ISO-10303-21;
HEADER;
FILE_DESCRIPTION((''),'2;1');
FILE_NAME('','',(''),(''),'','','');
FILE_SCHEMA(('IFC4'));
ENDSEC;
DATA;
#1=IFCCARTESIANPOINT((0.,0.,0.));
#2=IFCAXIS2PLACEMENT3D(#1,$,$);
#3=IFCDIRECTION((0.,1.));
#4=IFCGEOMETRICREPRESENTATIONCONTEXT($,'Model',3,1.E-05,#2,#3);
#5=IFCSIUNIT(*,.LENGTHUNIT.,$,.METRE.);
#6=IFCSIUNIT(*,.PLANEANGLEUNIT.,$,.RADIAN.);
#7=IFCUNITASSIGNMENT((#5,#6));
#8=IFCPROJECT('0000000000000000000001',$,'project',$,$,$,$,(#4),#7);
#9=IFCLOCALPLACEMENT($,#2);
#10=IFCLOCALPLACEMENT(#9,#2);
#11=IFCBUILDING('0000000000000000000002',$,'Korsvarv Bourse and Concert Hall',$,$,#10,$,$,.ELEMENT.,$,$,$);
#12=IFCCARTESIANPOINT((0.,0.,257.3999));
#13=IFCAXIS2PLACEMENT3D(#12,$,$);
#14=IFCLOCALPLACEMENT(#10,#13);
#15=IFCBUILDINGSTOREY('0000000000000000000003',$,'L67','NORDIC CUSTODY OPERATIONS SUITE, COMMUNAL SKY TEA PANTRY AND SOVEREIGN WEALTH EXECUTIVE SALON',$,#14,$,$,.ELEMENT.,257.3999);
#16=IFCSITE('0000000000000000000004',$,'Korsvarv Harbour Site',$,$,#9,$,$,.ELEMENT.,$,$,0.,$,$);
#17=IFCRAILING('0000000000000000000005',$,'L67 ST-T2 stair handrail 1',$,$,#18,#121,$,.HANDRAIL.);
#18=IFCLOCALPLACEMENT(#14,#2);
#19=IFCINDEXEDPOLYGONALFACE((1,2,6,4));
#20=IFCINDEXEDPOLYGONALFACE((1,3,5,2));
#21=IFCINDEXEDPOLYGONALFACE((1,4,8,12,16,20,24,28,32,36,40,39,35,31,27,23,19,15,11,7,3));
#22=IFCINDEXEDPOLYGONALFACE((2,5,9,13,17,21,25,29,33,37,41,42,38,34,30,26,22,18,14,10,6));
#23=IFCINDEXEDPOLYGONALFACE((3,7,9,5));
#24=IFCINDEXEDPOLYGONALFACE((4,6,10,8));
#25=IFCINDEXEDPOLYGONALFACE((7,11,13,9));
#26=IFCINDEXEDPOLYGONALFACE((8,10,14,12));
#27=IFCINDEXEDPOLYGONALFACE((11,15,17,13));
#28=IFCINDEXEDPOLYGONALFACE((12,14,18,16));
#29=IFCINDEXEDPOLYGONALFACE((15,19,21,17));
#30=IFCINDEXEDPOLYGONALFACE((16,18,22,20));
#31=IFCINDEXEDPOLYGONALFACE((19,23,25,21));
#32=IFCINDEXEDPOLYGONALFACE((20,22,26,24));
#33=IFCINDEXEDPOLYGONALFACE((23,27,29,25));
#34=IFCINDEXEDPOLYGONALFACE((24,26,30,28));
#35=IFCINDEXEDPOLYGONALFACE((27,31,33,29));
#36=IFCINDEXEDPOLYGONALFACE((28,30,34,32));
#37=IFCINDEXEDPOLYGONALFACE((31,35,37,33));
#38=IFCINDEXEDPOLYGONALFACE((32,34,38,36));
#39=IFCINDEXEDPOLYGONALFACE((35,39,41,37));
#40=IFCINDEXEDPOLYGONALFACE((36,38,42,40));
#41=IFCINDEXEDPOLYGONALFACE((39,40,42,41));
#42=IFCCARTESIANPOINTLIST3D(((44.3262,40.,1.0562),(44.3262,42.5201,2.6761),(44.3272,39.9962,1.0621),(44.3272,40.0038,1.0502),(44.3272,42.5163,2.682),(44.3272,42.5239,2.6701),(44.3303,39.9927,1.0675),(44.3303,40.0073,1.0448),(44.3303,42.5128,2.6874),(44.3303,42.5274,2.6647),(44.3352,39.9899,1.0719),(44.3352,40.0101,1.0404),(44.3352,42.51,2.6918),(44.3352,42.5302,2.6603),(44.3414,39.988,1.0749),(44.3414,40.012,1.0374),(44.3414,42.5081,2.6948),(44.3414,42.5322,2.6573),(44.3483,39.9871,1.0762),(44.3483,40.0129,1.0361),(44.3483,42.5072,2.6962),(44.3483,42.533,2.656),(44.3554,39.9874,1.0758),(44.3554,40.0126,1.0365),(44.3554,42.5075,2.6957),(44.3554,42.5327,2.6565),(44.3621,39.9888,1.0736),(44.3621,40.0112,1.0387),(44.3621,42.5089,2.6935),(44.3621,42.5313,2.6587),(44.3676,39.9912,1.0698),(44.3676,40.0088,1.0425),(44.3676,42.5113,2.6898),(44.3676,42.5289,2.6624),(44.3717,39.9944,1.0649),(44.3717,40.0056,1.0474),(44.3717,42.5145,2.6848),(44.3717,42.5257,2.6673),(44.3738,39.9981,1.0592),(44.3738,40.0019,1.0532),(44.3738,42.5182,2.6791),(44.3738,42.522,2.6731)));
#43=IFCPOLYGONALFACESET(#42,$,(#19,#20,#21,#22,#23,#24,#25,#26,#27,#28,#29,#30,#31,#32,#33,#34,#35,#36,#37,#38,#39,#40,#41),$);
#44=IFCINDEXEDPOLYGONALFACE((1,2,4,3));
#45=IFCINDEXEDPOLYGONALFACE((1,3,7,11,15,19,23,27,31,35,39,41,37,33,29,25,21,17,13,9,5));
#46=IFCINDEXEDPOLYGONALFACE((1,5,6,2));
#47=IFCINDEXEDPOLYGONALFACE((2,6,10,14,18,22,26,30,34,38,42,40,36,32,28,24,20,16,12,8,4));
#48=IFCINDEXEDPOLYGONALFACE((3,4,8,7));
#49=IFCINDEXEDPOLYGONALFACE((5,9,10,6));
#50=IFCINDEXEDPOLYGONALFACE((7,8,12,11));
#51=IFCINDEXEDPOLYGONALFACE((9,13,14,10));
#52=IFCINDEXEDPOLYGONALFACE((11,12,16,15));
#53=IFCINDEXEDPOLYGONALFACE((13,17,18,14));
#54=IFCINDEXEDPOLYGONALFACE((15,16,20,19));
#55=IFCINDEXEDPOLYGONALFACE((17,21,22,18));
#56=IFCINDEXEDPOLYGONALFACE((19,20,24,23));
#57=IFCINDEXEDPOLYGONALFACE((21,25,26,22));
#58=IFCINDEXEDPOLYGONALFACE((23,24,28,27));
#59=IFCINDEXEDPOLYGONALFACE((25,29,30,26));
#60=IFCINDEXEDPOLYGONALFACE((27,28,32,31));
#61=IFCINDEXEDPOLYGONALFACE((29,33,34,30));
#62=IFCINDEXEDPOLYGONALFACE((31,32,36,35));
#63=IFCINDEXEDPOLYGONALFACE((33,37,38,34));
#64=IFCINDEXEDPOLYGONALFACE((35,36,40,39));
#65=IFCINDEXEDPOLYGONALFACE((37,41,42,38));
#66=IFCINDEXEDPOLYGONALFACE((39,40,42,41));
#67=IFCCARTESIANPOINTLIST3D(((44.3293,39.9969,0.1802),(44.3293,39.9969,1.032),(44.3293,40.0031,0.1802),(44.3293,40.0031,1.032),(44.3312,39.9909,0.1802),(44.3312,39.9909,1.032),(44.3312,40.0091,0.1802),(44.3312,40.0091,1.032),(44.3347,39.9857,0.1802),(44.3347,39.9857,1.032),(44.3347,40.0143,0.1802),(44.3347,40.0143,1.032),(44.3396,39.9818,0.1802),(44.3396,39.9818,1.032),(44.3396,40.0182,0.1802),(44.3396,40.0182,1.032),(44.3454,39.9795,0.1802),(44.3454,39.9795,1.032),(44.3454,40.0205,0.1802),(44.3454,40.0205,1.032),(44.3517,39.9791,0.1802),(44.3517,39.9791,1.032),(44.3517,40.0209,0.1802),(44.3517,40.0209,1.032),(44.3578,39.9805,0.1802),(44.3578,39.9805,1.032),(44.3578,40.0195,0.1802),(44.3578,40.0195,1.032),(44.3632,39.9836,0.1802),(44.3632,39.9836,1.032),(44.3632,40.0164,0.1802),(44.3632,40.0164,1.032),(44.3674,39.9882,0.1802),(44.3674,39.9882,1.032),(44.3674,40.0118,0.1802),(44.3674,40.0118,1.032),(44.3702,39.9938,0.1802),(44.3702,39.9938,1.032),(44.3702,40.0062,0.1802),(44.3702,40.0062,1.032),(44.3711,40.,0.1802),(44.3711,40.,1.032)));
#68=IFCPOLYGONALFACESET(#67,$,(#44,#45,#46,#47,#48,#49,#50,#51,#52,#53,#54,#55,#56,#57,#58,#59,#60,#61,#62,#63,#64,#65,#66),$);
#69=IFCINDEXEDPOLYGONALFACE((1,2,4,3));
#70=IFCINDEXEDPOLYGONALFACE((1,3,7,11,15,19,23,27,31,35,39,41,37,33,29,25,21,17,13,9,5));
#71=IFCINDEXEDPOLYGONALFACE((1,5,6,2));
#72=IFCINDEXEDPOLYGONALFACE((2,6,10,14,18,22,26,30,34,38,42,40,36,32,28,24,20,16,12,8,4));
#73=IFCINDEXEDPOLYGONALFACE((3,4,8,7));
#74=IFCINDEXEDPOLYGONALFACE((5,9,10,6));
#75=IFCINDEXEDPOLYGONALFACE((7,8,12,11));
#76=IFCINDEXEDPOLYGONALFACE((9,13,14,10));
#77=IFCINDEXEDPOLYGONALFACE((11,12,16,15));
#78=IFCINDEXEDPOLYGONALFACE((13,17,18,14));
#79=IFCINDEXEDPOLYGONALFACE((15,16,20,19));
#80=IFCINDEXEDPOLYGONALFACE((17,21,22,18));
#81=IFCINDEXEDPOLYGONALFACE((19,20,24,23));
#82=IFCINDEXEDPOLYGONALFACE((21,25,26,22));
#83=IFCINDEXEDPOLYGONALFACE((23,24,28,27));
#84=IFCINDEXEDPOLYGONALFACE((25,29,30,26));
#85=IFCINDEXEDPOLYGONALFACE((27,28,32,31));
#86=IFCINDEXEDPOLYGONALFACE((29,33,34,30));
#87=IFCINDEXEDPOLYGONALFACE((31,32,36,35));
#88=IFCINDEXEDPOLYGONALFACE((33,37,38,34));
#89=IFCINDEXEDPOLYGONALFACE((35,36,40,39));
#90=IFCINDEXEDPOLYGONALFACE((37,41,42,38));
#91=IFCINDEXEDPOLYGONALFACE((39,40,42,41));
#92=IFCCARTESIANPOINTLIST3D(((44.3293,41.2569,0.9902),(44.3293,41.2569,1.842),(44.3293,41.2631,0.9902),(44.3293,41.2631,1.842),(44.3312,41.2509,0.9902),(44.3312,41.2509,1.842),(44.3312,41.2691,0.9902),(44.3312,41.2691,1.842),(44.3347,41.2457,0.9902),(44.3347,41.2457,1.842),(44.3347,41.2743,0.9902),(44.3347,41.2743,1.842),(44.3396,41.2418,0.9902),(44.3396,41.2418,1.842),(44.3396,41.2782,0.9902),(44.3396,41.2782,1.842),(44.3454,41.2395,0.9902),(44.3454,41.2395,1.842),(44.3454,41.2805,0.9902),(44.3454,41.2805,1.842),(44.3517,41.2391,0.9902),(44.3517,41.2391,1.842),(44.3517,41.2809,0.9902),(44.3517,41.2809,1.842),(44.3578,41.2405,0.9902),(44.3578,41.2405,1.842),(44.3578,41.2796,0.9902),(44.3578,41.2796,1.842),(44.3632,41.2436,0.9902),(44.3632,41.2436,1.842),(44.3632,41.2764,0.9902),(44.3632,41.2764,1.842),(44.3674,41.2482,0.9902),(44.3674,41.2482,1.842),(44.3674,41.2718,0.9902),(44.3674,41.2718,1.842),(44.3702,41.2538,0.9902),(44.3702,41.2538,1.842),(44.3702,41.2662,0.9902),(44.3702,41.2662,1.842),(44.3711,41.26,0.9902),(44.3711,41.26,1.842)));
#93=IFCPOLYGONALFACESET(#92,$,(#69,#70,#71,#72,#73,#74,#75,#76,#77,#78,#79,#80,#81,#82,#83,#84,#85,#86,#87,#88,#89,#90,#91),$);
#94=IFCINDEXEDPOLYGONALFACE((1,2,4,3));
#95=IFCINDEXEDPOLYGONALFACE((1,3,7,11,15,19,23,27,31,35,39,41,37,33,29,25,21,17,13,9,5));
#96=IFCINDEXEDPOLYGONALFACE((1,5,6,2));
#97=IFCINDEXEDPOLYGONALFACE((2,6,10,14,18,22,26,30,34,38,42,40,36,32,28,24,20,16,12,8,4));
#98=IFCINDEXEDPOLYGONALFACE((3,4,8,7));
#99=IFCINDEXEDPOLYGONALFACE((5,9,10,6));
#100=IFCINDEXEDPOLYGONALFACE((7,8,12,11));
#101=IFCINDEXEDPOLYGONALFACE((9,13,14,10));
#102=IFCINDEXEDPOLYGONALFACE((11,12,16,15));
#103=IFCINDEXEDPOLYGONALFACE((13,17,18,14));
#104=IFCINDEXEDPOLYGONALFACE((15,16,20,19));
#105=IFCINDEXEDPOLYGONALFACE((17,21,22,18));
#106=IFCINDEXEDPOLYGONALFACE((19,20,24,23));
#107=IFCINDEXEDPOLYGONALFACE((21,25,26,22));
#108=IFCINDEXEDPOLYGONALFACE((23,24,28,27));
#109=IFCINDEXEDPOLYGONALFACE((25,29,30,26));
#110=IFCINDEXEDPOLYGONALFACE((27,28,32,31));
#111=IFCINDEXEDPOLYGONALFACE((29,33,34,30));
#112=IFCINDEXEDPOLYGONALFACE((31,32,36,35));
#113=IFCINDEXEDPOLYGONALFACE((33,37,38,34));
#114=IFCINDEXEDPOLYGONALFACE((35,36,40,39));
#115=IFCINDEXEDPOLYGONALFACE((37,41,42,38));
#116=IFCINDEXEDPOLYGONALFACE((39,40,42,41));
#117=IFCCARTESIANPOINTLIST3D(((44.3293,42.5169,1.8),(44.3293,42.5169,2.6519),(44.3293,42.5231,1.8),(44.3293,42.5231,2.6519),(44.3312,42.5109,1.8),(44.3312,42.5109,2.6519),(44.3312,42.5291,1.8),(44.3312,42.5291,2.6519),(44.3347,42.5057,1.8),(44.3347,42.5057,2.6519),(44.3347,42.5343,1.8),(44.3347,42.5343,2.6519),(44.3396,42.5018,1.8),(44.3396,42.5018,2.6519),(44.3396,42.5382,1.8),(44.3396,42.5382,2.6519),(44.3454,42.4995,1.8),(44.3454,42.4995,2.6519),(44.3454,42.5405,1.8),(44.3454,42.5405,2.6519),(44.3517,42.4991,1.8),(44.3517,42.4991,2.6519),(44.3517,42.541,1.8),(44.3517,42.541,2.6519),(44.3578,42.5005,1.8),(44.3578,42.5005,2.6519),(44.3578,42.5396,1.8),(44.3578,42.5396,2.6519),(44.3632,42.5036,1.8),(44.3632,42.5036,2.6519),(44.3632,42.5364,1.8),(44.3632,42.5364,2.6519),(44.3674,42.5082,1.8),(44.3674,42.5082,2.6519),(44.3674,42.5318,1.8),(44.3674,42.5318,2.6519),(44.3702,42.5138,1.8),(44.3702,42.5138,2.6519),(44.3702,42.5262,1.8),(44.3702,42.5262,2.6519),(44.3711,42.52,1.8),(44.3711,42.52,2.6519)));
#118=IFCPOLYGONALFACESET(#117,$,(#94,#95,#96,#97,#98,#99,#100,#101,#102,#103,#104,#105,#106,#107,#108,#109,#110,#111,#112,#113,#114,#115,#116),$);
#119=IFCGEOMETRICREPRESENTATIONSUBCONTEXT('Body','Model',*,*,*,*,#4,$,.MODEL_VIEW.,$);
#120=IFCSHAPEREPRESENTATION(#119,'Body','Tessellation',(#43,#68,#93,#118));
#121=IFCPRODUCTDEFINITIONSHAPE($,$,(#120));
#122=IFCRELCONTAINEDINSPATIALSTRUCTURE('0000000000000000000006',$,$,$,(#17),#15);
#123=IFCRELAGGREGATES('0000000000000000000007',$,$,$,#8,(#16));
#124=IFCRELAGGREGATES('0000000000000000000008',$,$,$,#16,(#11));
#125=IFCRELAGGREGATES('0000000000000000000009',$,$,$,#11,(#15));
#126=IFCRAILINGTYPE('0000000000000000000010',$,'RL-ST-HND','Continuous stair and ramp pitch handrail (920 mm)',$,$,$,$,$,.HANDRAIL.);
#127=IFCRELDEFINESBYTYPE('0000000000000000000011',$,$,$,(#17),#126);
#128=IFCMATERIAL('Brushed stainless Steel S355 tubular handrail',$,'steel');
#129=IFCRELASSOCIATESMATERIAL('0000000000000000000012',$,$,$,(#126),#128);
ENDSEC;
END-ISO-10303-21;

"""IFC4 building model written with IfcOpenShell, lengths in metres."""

from ifc_helpers import new_model, si_unit, direction, frame, origin, origin_2d, place, context, subcontext, project, spatial, circle, extrude, material, type_object, element, save


model = new_model("IFC4")

# Units and contexts
model_context = context("Model", 3, precision=1e-05, world=origin(), true_north=direction((0.0, 1.0)))
body_context = subcontext(model_context, "Body", "Model", "MODEL_VIEW")
ifc_project = project(units=[si_unit("LENGTHUNIT", "METRE"), si_unit("PLANEANGLEUNIT", "RADIAN")], contexts=[model_context])

# Site, building, storey
site_placement = place(None, origin())
site = spatial("IfcSite", under=ifc_project, at=site_placement, Name="Korsvarv Harbour Site", CompositionType="ELEMENT", RefElevation=0.0)
building_placement = place(site_placement, origin())
building = spatial("IfcBuilding", under=site, at=building_placement, Name="Korsvarv Bourse and Concert Hall", CompositionType="ELEMENT")
storey_placement = place(building_placement, frame((0.0, 0.0, 257.3999)))
storey = spatial("IfcBuildingStorey", under=building, at=storey_placement, Name="L67", Description="NORDIC CUSTODY OPERATIONS SUITE, COMMUNAL SKY TEA PANTRY AND SOVEREIGN WEALTH EXECUTIVE SALON", CompositionType="ELEMENT", Elevation=257.3999)

# Railing
ifc_material_1 = material(Name="Brushed stainless Steel S355 tubular handrail", Category="steel")
railing_type_1 = type_object("IfcRailingType", Name="RL-ST-HND", Description="Continuous stair and ramp pitch handrail (920 mm)", PredefinedType="HANDRAIL", material=ifc_material_1)
railing_1_placement = place(storey_placement, frame((44.3501, 40.0, 0.1802)))
element("IfcRailing", 1, at=railing_1_placement, inside=storey, type_object=railing_type_1, Name="L67 ST-T2 stair handrail 1", PredefinedType="HANDRAIL", context=body_context, shape_type="SweptSolid", body=[
    extrude(circle(Radius=0.0239, at=origin_2d()), frame((0.0, 0.0, 0.876), z_axis=(0.0, 0.8412, 0.540725), x_axis=(-1.0, 0.0, 0.0)), (0.0, 0.0, 1.0), 2.9958),
    extrude(circle(Radius=0.021, at=origin_2d()), origin(), (0.0, 0.0, 1.0), 0.8518),
    extrude(circle(Radius=0.021, at=origin_2d()), frame((0.0, 1.26, 0.8101)), (0.0, 0.0, 1.0), 0.8518),
    extrude(circle(Radius=0.021, at=origin_2d()), frame((0.0, 2.52, 1.6199)), (0.0, 0.0, 1.0), 0.8518),
])

save(model, "model.ifc")
